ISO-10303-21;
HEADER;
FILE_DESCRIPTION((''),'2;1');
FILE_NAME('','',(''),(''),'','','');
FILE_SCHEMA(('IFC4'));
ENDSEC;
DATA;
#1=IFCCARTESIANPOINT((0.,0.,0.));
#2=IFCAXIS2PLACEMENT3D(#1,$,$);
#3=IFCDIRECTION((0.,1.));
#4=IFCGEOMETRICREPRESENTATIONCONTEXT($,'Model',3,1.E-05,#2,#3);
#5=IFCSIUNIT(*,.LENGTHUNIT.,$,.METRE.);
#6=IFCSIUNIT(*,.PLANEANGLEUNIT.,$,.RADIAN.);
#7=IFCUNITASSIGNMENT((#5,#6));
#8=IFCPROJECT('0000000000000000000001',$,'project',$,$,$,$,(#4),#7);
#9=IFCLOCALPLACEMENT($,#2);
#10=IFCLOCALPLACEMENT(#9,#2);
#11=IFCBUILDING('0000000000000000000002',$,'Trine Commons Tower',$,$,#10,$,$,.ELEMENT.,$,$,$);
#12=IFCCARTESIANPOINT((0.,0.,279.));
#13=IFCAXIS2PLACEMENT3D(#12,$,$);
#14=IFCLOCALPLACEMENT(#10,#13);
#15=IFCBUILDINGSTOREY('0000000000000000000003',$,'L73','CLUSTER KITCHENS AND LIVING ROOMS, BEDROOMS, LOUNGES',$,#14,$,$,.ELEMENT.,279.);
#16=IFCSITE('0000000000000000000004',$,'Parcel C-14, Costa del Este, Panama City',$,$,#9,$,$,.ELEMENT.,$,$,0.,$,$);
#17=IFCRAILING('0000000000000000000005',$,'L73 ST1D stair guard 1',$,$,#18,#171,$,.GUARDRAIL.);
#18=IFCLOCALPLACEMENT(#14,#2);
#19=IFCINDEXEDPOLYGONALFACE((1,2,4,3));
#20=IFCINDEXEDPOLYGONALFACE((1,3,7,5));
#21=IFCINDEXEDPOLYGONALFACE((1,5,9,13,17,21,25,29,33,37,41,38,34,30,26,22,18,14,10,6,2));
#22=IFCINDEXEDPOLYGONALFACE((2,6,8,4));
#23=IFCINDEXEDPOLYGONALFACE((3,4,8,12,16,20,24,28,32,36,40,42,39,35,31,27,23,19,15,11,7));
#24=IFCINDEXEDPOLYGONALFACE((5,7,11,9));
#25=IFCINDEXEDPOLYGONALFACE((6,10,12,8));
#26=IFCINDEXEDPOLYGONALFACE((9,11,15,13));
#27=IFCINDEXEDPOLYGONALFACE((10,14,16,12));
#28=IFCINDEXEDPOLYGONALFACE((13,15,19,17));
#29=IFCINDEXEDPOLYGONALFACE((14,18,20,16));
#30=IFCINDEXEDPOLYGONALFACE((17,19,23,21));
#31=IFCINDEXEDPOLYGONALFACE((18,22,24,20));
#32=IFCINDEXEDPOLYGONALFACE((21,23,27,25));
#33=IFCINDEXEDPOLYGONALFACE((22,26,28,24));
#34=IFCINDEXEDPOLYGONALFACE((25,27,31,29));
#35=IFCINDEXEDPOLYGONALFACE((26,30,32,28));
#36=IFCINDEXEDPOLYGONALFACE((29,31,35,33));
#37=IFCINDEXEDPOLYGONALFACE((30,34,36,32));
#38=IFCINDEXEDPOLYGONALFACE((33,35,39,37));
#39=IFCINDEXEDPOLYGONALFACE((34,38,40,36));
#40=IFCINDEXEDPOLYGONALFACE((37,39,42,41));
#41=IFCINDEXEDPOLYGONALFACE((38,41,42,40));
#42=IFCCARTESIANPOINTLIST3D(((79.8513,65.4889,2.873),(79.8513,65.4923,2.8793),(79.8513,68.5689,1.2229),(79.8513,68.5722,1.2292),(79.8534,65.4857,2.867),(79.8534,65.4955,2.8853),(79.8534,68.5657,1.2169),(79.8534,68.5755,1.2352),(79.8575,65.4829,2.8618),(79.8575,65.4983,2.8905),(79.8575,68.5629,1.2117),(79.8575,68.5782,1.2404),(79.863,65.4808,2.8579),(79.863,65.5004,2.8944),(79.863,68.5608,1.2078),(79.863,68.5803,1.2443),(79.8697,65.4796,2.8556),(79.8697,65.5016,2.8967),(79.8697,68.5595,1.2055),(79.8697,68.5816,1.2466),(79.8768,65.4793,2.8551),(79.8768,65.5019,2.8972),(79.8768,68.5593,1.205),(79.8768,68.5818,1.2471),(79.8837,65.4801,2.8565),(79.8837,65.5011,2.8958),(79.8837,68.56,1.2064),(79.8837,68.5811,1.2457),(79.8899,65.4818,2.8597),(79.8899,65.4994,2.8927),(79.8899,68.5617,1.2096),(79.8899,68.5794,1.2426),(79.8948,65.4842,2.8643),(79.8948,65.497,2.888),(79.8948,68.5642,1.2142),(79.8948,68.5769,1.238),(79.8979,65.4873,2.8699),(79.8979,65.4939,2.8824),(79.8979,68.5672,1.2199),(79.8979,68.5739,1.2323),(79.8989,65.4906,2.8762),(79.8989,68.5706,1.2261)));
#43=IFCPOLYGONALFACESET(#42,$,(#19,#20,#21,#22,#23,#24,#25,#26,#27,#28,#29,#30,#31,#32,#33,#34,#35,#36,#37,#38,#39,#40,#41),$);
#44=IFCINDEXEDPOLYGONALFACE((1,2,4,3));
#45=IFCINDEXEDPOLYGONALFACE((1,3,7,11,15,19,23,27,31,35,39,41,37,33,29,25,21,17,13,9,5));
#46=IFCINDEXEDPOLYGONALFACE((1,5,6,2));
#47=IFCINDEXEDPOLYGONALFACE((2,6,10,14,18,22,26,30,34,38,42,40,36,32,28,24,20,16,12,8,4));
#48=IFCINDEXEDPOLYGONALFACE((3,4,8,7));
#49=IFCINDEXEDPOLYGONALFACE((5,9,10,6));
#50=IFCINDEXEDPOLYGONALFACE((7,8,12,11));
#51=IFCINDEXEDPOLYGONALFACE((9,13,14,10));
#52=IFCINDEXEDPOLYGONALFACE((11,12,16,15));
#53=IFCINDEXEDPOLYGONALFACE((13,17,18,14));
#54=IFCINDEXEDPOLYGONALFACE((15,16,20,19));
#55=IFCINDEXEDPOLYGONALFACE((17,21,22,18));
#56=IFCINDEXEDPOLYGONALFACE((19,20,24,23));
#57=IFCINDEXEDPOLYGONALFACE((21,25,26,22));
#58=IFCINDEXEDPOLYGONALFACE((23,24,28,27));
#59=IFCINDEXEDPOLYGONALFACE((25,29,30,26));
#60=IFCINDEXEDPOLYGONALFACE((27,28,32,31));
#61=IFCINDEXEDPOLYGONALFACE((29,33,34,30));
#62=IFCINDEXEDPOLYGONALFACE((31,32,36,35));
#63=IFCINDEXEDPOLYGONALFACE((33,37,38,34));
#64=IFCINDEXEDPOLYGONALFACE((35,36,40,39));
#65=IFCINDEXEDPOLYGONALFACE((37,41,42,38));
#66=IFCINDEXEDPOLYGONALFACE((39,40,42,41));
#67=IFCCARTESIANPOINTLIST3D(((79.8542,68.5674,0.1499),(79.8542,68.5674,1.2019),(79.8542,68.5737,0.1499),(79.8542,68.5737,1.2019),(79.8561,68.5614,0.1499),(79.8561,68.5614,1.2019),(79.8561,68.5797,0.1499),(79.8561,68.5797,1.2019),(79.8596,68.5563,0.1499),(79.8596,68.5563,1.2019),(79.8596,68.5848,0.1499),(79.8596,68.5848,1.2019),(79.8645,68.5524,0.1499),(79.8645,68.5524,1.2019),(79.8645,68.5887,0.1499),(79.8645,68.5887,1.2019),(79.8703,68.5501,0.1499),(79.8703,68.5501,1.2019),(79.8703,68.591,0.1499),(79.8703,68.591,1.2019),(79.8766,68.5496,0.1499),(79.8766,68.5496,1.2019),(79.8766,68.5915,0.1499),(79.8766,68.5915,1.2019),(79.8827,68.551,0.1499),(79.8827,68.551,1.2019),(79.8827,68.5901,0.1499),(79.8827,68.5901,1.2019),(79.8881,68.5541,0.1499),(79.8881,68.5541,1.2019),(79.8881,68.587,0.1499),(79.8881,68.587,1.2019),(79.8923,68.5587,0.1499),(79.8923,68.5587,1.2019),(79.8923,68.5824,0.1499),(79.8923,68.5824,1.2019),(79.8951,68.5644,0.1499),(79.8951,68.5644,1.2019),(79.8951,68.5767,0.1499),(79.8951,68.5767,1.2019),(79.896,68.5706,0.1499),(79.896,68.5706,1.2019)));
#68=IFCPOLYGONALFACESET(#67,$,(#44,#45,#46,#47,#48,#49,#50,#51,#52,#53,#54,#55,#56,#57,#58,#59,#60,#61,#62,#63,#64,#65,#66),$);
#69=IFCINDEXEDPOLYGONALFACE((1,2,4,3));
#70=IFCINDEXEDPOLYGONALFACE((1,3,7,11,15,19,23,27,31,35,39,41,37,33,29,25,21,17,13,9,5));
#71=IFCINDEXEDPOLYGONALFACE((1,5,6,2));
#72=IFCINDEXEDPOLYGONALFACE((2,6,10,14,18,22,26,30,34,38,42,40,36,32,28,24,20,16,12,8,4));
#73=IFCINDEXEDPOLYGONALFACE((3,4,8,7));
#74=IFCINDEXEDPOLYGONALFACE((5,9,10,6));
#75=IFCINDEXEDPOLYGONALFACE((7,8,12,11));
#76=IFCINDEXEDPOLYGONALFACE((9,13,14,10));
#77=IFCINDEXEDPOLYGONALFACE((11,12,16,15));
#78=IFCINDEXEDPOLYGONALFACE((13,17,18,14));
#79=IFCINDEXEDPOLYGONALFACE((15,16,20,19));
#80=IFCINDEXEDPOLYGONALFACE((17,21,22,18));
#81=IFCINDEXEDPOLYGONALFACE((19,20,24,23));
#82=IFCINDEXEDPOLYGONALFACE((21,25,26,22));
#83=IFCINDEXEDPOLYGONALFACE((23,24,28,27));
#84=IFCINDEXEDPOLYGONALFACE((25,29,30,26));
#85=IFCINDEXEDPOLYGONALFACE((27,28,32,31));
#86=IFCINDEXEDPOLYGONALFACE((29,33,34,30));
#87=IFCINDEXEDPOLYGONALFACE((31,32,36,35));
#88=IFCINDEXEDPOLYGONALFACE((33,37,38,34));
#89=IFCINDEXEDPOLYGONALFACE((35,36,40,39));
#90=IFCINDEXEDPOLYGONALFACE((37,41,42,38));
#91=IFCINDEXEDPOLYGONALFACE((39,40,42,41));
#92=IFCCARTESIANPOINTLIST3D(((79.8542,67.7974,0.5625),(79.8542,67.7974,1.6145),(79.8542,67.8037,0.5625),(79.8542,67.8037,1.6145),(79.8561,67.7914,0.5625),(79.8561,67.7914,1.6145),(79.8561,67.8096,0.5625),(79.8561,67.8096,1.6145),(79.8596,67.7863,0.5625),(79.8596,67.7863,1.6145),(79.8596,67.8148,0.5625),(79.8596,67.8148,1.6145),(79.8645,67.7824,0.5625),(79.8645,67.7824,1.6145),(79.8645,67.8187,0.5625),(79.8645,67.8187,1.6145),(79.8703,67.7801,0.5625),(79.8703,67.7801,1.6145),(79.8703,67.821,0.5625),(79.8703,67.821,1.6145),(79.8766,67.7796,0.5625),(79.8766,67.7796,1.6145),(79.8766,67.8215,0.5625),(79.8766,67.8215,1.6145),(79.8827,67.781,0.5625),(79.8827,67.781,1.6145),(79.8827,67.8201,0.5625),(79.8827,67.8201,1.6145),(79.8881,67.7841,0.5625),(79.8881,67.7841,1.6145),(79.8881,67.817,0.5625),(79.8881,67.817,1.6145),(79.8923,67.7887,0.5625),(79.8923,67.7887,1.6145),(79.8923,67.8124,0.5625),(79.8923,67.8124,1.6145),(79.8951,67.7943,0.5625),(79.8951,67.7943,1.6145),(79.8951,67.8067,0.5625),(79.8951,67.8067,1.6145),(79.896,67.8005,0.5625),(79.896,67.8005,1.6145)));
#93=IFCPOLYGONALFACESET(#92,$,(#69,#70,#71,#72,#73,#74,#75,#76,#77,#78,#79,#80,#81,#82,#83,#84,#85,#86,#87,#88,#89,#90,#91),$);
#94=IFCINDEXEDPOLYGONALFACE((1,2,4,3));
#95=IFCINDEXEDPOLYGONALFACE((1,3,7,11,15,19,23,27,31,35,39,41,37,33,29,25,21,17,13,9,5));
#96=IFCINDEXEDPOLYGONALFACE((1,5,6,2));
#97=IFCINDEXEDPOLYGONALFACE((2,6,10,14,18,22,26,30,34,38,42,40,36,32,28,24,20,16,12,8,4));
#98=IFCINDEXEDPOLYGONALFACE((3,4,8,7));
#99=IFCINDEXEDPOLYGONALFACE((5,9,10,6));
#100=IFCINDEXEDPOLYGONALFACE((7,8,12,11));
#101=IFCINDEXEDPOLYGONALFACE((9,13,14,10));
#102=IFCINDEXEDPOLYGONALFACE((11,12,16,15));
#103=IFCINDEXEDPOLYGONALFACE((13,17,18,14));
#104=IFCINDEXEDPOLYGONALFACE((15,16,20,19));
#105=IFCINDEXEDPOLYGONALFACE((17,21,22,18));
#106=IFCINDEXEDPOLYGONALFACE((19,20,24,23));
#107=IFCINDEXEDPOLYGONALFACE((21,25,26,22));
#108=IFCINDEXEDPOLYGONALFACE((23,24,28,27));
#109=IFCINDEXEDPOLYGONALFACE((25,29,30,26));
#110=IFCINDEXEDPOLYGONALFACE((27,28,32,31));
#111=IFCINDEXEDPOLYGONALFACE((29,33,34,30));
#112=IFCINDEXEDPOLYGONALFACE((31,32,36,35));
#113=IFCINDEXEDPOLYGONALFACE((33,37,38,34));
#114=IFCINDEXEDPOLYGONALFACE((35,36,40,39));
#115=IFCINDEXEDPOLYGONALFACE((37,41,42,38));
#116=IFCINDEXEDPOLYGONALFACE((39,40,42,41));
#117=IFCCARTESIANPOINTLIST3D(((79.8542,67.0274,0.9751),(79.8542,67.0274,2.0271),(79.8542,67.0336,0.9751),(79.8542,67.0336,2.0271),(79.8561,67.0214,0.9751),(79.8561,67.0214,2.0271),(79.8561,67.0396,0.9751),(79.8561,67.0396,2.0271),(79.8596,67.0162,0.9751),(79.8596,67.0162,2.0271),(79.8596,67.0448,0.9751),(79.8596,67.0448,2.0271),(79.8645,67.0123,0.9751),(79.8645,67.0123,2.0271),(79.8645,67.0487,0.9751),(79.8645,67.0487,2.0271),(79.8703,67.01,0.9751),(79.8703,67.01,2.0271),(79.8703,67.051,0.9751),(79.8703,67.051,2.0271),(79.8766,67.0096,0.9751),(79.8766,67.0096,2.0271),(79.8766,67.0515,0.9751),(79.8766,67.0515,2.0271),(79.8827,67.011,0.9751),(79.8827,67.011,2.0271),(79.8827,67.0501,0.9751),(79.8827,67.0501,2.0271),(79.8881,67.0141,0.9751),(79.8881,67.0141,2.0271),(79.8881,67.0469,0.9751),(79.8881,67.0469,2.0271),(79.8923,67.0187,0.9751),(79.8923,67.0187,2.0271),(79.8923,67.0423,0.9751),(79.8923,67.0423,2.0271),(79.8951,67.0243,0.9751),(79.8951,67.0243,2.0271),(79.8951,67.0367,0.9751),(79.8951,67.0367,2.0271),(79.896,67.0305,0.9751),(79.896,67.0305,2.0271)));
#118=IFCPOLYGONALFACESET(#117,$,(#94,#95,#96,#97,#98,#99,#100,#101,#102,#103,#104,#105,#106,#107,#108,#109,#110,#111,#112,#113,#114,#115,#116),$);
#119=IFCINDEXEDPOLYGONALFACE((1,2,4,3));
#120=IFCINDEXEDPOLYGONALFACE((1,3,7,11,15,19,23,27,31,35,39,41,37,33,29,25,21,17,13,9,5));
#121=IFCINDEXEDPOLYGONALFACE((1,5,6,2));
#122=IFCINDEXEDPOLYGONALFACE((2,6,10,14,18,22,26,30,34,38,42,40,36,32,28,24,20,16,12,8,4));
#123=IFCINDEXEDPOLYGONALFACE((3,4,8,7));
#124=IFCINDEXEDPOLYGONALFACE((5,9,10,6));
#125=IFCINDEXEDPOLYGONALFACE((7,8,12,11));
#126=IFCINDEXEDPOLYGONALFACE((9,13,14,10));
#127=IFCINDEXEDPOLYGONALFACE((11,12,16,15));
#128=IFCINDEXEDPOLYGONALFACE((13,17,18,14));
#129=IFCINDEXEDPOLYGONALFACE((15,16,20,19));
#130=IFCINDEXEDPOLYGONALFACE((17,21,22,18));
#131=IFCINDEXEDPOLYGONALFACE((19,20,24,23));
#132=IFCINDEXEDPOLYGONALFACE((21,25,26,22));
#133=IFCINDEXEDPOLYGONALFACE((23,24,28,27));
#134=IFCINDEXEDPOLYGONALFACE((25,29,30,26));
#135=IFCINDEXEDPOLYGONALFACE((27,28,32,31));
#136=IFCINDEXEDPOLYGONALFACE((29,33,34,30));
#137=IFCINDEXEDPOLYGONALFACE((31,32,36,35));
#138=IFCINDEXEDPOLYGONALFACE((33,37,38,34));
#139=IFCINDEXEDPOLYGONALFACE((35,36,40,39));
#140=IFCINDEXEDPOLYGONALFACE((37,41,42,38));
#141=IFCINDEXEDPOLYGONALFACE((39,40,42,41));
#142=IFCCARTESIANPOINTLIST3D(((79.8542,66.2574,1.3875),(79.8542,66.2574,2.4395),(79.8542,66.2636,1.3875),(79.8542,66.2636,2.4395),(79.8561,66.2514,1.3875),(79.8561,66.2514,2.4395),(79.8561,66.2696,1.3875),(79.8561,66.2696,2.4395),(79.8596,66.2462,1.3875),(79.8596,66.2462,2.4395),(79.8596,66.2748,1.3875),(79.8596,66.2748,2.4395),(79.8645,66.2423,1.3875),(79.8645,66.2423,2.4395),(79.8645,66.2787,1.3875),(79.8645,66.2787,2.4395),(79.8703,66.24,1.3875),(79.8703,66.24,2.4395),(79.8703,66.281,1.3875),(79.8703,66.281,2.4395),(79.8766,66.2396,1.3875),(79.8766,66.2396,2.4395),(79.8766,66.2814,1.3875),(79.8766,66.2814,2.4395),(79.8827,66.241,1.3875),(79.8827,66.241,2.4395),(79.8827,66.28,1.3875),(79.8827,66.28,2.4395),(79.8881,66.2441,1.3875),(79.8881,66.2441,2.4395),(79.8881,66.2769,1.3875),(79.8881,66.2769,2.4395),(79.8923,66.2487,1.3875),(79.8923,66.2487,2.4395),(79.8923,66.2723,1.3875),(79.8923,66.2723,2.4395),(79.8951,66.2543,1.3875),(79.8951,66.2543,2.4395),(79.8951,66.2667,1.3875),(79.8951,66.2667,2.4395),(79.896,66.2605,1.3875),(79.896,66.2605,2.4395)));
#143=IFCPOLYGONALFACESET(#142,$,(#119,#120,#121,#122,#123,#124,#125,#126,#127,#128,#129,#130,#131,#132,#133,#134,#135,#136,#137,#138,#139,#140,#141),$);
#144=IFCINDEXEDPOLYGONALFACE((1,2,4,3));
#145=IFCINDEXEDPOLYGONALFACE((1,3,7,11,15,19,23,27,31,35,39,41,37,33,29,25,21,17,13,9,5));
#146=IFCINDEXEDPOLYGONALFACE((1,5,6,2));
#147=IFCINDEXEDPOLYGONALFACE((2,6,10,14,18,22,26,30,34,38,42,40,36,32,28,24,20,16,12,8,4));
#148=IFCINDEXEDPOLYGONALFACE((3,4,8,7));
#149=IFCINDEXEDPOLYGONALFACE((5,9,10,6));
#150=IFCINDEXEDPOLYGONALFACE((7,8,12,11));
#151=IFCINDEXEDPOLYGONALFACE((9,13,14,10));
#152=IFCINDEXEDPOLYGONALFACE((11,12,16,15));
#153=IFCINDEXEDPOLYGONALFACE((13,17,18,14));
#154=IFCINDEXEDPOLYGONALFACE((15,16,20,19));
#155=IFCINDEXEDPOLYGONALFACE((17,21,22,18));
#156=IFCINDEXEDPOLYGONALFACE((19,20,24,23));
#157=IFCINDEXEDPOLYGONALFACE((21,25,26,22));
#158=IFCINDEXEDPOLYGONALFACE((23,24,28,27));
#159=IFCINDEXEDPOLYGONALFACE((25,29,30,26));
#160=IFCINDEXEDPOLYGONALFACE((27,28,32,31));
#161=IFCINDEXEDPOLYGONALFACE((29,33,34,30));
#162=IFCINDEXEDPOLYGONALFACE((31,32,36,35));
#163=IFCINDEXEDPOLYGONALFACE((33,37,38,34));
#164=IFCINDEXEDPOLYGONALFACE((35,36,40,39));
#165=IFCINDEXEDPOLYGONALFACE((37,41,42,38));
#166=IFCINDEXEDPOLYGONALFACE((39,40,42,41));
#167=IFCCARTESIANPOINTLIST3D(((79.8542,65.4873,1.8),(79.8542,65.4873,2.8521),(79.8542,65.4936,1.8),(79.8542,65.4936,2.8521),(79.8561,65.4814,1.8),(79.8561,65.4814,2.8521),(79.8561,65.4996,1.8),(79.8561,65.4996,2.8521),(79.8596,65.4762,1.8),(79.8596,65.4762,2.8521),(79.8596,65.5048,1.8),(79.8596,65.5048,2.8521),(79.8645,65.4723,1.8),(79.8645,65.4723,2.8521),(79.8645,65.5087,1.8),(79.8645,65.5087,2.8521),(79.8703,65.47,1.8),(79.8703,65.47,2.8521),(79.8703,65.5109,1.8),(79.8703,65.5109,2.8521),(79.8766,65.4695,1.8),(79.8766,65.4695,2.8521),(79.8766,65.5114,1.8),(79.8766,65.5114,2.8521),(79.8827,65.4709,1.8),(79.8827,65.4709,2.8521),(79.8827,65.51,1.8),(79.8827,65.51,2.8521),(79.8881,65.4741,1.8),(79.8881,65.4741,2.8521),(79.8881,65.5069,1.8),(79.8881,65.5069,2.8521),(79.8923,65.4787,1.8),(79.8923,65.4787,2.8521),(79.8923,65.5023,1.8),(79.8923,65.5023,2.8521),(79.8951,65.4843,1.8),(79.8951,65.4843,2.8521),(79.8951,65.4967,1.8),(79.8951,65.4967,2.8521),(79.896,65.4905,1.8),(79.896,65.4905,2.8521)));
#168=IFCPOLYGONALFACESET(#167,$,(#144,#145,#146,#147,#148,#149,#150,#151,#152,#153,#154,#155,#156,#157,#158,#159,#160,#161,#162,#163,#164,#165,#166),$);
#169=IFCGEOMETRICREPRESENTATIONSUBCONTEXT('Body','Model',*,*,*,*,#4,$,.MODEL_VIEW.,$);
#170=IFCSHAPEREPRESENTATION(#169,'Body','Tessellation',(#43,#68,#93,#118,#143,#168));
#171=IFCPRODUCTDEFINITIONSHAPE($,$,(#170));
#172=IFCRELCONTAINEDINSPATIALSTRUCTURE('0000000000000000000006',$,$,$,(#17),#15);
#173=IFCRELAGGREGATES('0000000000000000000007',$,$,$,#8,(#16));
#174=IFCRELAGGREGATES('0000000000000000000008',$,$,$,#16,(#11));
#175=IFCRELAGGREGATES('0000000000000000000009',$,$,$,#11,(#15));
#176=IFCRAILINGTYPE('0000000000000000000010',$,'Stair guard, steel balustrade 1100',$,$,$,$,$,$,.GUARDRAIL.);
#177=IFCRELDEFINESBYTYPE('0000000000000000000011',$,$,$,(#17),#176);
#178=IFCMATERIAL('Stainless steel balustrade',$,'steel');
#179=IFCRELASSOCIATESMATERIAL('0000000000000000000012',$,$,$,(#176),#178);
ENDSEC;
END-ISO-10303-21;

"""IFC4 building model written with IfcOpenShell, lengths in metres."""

from ifc_helpers import new_model, si_unit, direction, frame, origin, origin_2d, place, context, subcontext, project, spatial, circle, extrude, material, type_object, element, save


model = new_model("IFC4")

# Units and contexts
model_context = context("Model", 3, precision=1e-05, world=origin(), true_north=direction((0.0, 1.0)))
body_context = subcontext(model_context, "Body", "Model", "MODEL_VIEW")
ifc_project = project(units=[si_unit("LENGTHUNIT", "METRE"), si_unit("PLANEANGLEUNIT", "RADIAN")], contexts=[model_context])

# Site, building, storey
site_placement = place(None, origin())
site = spatial("IfcSite", under=ifc_project, at=site_placement, Name="Parcel C-14, Costa del Este, Panama City", CompositionType="ELEMENT", RefElevation=0.0)
building_placement = place(site_placement, origin())
building = spatial("IfcBuilding", under=site, at=building_placement, Name="Trine Commons Tower", CompositionType="ELEMENT")
storey_placement = place(building_placement, frame((0.0, 0.0, 279.0)))
storey = spatial("IfcBuildingStorey", under=building, at=storey_placement, Name="L73", Description="CLUSTER KITCHENS AND LIVING ROOMS, BEDROOMS, LOUNGES", CompositionType="ELEMENT", Elevation=279.0)

# Railing
ifc_material_1 = material(Name="Stainless steel balustrade", Category="steel")
railing_type = type_object("IfcRailingType", Name="Stair guard, steel balustrade 1100", PredefinedType="GUARDRAIL", material=ifc_material_1)
railing_1_placement = place(storey_placement, frame((79.875, 68.5706, 0.1499)))
element("IfcRailing", 1, at=railing_1_placement, inside=storey, type_object=railing_type, Name="L73 ST1D stair guard 1", PredefinedType="GUARDRAIL", context=body_context, shape_type="SweptSolid", body=[
    extrude(circle(Radius=0.0239, at=origin_2d()), frame((0.0, 0.0, 1.0762), z_axis=(0.0, -0.881468, 0.472245), x_axis=(1.0, 0.0, 0.0)), (0.0, 0.0, 1.0), 3.4941),
    extrude(circle(Radius=0.021, at=origin_2d()), origin(), (0.0, 0.0, 1.0), 1.052),
    extrude(circle(Radius=0.021, at=origin_2d()), frame((0.0, -0.77, 0.4126)), (0.0, 0.0, 1.0), 1.052),
    extrude(circle(Radius=0.021, at=origin_2d()), frame((0.0, -1.54, 0.8252)), (0.0, 0.0, 1.0), 1.052),
    extrude(circle(Radius=0.021, at=origin_2d()), frame((0.0, -2.3101, 1.2375)), (0.0, 0.0, 1.0), 1.052),
    extrude(circle(Radius=0.021, at=origin_2d()), frame((0.0, -3.0801, 1.6501)), (0.0, 0.0, 1.0), 1.052),
])

save(model, "model.ifc")
